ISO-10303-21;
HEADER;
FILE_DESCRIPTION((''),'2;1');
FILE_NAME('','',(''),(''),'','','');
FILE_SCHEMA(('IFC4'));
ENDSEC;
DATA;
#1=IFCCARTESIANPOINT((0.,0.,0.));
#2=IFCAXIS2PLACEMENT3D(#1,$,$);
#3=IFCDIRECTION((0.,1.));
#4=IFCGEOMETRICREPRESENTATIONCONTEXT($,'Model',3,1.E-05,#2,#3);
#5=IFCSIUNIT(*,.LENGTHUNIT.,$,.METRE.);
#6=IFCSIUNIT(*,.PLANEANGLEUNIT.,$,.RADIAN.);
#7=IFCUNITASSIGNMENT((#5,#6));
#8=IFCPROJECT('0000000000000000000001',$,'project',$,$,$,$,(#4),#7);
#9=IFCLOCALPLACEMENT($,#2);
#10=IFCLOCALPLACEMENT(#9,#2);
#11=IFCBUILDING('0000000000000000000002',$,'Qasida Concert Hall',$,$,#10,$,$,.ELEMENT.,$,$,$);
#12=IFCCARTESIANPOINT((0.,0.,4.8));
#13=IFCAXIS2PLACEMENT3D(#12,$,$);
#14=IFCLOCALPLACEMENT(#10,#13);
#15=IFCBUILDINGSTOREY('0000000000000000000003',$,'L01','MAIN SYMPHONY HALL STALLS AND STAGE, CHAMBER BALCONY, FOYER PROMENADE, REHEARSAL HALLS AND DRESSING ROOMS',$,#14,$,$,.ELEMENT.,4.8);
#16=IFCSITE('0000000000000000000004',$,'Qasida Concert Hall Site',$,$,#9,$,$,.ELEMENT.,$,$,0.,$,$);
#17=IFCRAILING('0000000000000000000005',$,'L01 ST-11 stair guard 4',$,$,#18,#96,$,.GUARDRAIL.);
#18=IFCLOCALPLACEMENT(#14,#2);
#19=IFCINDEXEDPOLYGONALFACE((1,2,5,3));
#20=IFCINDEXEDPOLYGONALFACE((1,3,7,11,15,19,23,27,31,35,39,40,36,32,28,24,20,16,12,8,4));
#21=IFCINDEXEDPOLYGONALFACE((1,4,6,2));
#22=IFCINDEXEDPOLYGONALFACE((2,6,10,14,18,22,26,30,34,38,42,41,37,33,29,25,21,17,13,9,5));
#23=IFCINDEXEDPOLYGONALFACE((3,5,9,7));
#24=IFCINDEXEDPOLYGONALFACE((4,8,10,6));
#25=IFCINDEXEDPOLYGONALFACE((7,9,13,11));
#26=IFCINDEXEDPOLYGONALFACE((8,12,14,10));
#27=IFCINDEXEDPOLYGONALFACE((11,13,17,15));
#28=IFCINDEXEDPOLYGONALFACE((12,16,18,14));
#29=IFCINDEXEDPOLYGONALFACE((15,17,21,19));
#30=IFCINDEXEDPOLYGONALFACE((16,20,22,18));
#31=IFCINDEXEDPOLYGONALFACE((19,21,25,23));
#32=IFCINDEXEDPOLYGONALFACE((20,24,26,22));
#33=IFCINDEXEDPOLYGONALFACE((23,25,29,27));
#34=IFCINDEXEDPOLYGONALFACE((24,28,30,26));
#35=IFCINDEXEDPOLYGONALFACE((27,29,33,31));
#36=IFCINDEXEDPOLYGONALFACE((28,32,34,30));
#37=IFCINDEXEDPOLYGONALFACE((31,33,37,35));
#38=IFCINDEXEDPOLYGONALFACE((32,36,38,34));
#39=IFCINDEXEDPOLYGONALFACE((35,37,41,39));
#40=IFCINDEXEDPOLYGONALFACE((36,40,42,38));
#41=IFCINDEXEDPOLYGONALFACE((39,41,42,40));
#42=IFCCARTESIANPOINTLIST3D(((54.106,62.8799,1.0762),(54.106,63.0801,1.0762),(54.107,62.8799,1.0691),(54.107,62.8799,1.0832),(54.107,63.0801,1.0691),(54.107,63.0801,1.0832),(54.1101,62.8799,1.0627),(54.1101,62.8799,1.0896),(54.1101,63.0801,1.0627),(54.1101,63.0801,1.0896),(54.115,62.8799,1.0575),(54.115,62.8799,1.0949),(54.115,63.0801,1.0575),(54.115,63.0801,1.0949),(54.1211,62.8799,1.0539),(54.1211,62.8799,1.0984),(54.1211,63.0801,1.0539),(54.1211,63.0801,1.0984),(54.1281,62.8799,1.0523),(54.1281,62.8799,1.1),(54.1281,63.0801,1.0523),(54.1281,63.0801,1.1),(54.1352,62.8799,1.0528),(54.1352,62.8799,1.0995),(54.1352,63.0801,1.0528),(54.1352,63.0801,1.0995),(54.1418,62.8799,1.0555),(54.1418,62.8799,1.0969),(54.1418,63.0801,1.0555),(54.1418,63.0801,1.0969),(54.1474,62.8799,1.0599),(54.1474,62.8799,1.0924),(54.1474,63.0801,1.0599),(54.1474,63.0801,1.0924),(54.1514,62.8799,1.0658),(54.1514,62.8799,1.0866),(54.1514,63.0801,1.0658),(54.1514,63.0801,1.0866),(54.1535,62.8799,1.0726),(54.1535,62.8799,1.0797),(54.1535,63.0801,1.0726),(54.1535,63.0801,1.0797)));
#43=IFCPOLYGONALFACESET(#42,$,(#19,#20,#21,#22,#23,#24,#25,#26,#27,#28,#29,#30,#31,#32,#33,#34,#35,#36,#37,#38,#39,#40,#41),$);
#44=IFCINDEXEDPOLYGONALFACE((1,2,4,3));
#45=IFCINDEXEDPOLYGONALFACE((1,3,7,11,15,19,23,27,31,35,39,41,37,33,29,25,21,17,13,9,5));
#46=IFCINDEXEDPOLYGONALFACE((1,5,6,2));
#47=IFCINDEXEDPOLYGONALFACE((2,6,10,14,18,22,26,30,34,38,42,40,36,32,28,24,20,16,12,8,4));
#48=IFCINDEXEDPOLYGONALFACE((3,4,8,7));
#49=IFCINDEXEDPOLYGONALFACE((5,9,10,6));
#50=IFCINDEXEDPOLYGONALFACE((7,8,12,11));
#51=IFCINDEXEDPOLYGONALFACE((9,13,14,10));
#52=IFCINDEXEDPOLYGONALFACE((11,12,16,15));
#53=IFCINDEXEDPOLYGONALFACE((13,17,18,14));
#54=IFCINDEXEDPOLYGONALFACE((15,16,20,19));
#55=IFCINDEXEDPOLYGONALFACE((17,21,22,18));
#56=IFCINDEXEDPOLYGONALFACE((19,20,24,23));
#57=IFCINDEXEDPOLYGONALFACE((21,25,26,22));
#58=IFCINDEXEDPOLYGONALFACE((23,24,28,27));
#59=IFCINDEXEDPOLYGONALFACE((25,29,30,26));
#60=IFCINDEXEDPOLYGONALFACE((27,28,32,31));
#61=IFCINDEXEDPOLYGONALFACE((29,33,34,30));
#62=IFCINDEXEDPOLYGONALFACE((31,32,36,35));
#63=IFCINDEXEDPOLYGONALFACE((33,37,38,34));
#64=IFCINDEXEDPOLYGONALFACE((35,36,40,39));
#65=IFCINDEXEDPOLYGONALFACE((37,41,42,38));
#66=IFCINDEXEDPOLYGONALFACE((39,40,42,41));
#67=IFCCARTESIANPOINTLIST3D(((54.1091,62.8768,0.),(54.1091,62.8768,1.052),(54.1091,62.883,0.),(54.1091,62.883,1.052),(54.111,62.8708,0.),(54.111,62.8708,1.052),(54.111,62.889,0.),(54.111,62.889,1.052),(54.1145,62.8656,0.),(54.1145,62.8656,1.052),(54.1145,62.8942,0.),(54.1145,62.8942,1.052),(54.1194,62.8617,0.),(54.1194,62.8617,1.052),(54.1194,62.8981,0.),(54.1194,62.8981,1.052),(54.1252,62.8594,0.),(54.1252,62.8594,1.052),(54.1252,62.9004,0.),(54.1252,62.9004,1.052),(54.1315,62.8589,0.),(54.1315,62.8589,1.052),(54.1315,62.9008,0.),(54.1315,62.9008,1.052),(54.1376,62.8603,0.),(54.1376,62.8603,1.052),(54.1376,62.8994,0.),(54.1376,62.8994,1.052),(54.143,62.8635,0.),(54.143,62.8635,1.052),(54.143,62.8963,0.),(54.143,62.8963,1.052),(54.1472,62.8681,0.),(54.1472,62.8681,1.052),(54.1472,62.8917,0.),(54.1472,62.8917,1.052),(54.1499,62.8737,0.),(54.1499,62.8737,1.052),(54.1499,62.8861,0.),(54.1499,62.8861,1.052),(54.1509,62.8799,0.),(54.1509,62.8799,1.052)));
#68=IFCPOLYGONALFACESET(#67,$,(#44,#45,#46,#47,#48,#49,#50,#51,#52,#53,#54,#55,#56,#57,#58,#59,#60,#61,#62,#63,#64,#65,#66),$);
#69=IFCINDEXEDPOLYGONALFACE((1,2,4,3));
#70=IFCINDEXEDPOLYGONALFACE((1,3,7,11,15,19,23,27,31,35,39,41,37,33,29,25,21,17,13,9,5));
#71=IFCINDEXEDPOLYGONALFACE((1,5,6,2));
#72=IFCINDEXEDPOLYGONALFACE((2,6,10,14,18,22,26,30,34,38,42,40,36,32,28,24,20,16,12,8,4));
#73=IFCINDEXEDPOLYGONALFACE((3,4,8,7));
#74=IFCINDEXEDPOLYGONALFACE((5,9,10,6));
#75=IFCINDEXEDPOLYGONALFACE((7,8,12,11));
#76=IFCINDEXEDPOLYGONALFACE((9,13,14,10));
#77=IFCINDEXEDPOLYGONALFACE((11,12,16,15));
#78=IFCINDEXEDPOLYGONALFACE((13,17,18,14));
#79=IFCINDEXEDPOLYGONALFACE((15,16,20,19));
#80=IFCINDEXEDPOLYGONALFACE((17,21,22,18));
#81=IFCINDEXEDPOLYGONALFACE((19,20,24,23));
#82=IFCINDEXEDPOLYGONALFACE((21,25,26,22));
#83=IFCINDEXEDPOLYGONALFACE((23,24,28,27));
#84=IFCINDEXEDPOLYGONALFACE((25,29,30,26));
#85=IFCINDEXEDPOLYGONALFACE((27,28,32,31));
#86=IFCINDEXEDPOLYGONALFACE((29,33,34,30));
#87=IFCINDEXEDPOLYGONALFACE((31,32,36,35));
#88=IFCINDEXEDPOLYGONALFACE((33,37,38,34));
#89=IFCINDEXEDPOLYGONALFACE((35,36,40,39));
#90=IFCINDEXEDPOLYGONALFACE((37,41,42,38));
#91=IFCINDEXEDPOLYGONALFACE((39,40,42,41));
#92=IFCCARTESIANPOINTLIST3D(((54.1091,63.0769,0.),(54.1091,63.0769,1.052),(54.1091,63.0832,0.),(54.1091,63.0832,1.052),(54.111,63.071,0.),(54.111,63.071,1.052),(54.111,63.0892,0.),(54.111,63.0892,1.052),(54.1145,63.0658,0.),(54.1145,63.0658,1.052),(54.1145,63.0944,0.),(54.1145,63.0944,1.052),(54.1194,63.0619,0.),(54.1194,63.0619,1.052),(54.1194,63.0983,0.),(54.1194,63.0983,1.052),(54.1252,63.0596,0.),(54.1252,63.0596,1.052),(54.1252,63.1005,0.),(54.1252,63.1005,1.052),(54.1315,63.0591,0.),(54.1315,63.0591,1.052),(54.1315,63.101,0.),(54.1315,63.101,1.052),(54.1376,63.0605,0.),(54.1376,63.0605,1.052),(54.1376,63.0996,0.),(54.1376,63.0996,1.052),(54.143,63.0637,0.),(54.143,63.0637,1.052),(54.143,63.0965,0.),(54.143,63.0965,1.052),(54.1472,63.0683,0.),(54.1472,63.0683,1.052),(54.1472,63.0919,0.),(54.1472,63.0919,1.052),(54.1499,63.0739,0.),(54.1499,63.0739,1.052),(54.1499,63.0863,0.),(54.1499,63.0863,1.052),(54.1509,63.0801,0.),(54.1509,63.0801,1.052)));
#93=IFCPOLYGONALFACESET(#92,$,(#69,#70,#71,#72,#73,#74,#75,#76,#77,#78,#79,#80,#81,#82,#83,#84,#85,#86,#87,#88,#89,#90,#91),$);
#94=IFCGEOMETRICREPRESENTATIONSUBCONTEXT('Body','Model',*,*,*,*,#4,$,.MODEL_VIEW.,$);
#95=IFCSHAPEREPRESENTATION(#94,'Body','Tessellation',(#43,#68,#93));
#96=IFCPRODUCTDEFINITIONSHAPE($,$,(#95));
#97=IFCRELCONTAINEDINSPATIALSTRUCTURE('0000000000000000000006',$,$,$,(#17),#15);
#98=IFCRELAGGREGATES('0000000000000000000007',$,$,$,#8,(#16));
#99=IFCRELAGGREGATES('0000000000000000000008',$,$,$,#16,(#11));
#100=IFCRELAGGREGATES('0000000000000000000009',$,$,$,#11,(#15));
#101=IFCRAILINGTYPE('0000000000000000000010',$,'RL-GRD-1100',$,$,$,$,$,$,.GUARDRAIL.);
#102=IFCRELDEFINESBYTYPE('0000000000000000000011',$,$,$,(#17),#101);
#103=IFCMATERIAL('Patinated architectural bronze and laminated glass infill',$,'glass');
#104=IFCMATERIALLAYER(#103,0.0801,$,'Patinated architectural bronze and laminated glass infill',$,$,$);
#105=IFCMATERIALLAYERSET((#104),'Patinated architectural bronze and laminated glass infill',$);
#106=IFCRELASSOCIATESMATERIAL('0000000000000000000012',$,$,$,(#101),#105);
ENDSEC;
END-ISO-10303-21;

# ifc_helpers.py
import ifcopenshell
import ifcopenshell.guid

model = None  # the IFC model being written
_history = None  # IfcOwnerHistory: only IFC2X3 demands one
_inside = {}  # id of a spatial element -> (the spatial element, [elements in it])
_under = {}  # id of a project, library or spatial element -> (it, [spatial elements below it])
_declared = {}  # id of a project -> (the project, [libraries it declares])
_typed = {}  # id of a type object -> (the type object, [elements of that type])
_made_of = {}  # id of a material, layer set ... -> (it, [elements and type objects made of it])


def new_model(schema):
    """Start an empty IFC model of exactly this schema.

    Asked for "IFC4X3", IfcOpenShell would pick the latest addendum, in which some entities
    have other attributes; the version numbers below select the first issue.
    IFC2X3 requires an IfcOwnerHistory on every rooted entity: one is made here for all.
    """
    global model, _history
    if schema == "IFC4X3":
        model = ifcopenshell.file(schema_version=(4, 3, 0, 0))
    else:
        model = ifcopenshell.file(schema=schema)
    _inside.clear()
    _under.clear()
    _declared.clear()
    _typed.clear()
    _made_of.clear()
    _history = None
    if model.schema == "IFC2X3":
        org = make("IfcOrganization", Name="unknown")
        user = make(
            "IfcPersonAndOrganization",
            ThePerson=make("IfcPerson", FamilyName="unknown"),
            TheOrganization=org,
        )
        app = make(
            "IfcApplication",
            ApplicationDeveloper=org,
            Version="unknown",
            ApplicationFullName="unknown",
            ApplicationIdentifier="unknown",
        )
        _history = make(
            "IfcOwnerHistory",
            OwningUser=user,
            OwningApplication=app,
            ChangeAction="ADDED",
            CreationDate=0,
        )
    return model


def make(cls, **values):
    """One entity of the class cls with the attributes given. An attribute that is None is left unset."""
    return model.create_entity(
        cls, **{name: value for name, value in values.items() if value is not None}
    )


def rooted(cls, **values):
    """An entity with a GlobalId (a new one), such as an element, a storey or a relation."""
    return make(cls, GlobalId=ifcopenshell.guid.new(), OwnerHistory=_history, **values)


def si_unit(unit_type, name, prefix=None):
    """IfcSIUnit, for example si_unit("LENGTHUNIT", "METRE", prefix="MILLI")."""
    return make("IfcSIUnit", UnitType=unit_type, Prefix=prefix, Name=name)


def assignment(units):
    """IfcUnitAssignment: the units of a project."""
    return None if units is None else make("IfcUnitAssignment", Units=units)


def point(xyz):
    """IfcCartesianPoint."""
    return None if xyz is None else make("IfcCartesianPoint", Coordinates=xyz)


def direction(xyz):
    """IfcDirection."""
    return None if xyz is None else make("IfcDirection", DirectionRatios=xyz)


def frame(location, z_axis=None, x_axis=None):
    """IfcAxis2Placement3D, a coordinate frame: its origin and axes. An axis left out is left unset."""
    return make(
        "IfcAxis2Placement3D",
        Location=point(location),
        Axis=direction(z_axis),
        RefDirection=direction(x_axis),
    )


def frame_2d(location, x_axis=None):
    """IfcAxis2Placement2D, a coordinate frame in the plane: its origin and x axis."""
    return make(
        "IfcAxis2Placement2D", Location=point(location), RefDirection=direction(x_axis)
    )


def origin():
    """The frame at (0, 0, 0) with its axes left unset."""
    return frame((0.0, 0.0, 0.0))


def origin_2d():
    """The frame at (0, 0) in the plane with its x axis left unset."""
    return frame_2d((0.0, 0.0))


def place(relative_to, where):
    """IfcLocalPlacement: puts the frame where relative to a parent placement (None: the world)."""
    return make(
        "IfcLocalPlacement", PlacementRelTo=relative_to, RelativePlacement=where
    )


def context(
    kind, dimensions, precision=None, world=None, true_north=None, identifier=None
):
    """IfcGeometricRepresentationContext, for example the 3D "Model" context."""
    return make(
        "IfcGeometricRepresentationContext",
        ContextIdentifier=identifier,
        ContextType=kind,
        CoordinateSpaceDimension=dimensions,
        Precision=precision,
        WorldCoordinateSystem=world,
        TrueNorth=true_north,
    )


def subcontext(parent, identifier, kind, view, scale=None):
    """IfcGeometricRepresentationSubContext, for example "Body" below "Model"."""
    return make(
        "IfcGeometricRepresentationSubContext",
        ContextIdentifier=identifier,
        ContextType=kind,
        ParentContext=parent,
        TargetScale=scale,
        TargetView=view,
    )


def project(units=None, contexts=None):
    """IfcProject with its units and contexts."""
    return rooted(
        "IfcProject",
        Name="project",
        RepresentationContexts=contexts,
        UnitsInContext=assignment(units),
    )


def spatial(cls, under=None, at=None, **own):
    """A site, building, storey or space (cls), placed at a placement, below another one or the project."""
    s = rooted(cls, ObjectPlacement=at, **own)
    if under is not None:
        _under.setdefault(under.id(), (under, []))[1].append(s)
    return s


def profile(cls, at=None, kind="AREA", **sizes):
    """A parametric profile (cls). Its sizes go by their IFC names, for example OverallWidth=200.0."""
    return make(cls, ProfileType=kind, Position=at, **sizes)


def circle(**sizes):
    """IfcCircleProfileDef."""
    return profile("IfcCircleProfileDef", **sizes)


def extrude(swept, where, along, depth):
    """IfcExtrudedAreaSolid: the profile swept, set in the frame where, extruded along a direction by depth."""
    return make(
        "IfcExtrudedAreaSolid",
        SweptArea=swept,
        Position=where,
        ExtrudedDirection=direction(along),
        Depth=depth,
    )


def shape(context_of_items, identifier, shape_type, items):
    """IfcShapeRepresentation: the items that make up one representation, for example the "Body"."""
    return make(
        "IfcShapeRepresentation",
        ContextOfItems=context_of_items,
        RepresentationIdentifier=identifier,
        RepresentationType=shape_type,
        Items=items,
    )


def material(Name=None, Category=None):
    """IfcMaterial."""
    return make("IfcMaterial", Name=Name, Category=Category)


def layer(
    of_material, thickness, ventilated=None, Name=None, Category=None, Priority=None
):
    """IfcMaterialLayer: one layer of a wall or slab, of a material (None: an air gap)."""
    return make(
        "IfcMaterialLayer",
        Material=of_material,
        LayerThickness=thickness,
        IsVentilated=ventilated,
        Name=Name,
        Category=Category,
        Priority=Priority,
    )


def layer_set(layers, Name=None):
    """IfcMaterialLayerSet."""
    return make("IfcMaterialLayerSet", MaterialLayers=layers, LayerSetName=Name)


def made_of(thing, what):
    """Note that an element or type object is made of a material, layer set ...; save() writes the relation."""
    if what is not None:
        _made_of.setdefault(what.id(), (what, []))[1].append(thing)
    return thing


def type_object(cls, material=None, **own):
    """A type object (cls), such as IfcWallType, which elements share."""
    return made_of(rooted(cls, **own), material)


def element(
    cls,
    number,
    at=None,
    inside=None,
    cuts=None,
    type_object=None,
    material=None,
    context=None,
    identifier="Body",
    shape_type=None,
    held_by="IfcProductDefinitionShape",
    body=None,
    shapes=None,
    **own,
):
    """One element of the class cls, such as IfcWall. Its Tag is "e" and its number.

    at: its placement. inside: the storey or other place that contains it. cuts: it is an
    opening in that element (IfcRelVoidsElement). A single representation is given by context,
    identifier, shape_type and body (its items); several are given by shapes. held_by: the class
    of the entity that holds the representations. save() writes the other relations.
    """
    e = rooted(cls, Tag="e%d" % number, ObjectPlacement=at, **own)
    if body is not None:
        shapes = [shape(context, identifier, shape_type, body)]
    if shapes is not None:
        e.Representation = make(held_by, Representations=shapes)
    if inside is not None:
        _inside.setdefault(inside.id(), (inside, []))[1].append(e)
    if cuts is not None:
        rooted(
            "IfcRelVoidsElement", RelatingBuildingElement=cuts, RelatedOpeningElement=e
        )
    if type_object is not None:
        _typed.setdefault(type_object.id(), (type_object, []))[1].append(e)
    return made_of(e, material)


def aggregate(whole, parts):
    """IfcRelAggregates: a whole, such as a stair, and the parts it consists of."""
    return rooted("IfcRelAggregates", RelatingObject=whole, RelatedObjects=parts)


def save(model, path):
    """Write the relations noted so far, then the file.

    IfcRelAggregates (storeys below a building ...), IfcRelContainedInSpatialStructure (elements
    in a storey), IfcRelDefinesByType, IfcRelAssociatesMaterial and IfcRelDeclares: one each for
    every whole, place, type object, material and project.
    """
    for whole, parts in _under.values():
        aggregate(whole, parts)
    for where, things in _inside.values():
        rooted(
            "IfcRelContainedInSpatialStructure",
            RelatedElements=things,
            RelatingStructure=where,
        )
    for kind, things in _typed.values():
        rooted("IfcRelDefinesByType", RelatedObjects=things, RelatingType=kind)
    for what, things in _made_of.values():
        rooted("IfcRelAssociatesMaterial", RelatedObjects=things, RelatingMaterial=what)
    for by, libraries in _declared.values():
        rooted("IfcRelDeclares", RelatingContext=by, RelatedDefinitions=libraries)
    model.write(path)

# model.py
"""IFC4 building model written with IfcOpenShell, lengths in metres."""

from ifc_helpers import new_model, si_unit, direction, frame, origin, origin_2d, place, context, subcontext, project, spatial, circle, extrude, material, layer, layer_set, type_object, element, save


model = new_model("IFC4")

# Units and contexts
model_context = context("Model", 3, precision=1e-05, world=origin(), true_north=direction((0.0, 1.0)))
body_context = subcontext(model_context, "Body", "Model", "MODEL_VIEW")
ifc_project = project(units=[si_unit("LENGTHUNIT", "METRE"), si_unit("PLANEANGLEUNIT", "RADIAN")], contexts=[model_context])

# Site, building, storey
site_placement = place(None, origin())
site = spatial("IfcSite", under=ifc_project, at=site_placement, Name="Qasida Concert Hall Site", CompositionType="ELEMENT", RefElevation=0.0)
building_placement = place(site_placement, origin())
building = spatial("IfcBuilding", under=site, at=building_placement, Name="Qasida Concert Hall", CompositionType="ELEMENT")
storey_placement = place(building_placement, frame((0.0, 0.0, 4.8)))
storey = spatial("IfcBuildingStorey", under=building, at=storey_placement, Name="L01", Description="MAIN SYMPHONY HALL STALLS AND STAGE, CHAMBER BALCONY, FOYER PROMENADE, REHEARSAL HALLS AND DRESSING ROOMS", CompositionType="ELEMENT", Elevation=4.8)

# Railing
ifc_material_1 = material(Name="Patinated architectural bronze and laminated glass infill", Category="glass")
ifc_layer_1 = layer(ifc_material_1, 0.0801, Name="Patinated architectural bronze and laminated glass infill")
ifc_layer_set_1 = layer_set([ifc_layer_1], Name="Patinated architectural bronze and laminated glass infill")
railing_type_1 = type_object("IfcRailingType", Name="RL-GRD-1100", PredefinedType="GUARDRAIL", material=ifc_layer_set_1)
railing_1_placement = place(storey_placement, frame((54.1299, 62.8799, 0.0)))
element("IfcRailing", 1, at=railing_1_placement, inside=storey, type_object=railing_type_1, Name="L01 ST-11 stair guard 4", PredefinedType="GUARDRAIL", context=body_context, shape_type="SweptSolid", body=[
    extrude(circle(Radius=0.0239, at=origin_2d()), frame((0.0, 0.0, 1.0762), z_axis=(0.0, 1.0, 0.0), x_axis=(-1.0, 0.0, 0.0)), (0.0, 0.0, 1.0), 0.2002),
    extrude(circle(Radius=0.021, at=origin_2d()), origin(), (0.0, 0.0, 1.0), 1.052),
    extrude(circle(Radius=0.021, at=origin_2d()), frame((0.0, 0.2002, 0.0)), (0.0, 0.0, 1.0), 1.052),
])

save(model, "model.ifc")
